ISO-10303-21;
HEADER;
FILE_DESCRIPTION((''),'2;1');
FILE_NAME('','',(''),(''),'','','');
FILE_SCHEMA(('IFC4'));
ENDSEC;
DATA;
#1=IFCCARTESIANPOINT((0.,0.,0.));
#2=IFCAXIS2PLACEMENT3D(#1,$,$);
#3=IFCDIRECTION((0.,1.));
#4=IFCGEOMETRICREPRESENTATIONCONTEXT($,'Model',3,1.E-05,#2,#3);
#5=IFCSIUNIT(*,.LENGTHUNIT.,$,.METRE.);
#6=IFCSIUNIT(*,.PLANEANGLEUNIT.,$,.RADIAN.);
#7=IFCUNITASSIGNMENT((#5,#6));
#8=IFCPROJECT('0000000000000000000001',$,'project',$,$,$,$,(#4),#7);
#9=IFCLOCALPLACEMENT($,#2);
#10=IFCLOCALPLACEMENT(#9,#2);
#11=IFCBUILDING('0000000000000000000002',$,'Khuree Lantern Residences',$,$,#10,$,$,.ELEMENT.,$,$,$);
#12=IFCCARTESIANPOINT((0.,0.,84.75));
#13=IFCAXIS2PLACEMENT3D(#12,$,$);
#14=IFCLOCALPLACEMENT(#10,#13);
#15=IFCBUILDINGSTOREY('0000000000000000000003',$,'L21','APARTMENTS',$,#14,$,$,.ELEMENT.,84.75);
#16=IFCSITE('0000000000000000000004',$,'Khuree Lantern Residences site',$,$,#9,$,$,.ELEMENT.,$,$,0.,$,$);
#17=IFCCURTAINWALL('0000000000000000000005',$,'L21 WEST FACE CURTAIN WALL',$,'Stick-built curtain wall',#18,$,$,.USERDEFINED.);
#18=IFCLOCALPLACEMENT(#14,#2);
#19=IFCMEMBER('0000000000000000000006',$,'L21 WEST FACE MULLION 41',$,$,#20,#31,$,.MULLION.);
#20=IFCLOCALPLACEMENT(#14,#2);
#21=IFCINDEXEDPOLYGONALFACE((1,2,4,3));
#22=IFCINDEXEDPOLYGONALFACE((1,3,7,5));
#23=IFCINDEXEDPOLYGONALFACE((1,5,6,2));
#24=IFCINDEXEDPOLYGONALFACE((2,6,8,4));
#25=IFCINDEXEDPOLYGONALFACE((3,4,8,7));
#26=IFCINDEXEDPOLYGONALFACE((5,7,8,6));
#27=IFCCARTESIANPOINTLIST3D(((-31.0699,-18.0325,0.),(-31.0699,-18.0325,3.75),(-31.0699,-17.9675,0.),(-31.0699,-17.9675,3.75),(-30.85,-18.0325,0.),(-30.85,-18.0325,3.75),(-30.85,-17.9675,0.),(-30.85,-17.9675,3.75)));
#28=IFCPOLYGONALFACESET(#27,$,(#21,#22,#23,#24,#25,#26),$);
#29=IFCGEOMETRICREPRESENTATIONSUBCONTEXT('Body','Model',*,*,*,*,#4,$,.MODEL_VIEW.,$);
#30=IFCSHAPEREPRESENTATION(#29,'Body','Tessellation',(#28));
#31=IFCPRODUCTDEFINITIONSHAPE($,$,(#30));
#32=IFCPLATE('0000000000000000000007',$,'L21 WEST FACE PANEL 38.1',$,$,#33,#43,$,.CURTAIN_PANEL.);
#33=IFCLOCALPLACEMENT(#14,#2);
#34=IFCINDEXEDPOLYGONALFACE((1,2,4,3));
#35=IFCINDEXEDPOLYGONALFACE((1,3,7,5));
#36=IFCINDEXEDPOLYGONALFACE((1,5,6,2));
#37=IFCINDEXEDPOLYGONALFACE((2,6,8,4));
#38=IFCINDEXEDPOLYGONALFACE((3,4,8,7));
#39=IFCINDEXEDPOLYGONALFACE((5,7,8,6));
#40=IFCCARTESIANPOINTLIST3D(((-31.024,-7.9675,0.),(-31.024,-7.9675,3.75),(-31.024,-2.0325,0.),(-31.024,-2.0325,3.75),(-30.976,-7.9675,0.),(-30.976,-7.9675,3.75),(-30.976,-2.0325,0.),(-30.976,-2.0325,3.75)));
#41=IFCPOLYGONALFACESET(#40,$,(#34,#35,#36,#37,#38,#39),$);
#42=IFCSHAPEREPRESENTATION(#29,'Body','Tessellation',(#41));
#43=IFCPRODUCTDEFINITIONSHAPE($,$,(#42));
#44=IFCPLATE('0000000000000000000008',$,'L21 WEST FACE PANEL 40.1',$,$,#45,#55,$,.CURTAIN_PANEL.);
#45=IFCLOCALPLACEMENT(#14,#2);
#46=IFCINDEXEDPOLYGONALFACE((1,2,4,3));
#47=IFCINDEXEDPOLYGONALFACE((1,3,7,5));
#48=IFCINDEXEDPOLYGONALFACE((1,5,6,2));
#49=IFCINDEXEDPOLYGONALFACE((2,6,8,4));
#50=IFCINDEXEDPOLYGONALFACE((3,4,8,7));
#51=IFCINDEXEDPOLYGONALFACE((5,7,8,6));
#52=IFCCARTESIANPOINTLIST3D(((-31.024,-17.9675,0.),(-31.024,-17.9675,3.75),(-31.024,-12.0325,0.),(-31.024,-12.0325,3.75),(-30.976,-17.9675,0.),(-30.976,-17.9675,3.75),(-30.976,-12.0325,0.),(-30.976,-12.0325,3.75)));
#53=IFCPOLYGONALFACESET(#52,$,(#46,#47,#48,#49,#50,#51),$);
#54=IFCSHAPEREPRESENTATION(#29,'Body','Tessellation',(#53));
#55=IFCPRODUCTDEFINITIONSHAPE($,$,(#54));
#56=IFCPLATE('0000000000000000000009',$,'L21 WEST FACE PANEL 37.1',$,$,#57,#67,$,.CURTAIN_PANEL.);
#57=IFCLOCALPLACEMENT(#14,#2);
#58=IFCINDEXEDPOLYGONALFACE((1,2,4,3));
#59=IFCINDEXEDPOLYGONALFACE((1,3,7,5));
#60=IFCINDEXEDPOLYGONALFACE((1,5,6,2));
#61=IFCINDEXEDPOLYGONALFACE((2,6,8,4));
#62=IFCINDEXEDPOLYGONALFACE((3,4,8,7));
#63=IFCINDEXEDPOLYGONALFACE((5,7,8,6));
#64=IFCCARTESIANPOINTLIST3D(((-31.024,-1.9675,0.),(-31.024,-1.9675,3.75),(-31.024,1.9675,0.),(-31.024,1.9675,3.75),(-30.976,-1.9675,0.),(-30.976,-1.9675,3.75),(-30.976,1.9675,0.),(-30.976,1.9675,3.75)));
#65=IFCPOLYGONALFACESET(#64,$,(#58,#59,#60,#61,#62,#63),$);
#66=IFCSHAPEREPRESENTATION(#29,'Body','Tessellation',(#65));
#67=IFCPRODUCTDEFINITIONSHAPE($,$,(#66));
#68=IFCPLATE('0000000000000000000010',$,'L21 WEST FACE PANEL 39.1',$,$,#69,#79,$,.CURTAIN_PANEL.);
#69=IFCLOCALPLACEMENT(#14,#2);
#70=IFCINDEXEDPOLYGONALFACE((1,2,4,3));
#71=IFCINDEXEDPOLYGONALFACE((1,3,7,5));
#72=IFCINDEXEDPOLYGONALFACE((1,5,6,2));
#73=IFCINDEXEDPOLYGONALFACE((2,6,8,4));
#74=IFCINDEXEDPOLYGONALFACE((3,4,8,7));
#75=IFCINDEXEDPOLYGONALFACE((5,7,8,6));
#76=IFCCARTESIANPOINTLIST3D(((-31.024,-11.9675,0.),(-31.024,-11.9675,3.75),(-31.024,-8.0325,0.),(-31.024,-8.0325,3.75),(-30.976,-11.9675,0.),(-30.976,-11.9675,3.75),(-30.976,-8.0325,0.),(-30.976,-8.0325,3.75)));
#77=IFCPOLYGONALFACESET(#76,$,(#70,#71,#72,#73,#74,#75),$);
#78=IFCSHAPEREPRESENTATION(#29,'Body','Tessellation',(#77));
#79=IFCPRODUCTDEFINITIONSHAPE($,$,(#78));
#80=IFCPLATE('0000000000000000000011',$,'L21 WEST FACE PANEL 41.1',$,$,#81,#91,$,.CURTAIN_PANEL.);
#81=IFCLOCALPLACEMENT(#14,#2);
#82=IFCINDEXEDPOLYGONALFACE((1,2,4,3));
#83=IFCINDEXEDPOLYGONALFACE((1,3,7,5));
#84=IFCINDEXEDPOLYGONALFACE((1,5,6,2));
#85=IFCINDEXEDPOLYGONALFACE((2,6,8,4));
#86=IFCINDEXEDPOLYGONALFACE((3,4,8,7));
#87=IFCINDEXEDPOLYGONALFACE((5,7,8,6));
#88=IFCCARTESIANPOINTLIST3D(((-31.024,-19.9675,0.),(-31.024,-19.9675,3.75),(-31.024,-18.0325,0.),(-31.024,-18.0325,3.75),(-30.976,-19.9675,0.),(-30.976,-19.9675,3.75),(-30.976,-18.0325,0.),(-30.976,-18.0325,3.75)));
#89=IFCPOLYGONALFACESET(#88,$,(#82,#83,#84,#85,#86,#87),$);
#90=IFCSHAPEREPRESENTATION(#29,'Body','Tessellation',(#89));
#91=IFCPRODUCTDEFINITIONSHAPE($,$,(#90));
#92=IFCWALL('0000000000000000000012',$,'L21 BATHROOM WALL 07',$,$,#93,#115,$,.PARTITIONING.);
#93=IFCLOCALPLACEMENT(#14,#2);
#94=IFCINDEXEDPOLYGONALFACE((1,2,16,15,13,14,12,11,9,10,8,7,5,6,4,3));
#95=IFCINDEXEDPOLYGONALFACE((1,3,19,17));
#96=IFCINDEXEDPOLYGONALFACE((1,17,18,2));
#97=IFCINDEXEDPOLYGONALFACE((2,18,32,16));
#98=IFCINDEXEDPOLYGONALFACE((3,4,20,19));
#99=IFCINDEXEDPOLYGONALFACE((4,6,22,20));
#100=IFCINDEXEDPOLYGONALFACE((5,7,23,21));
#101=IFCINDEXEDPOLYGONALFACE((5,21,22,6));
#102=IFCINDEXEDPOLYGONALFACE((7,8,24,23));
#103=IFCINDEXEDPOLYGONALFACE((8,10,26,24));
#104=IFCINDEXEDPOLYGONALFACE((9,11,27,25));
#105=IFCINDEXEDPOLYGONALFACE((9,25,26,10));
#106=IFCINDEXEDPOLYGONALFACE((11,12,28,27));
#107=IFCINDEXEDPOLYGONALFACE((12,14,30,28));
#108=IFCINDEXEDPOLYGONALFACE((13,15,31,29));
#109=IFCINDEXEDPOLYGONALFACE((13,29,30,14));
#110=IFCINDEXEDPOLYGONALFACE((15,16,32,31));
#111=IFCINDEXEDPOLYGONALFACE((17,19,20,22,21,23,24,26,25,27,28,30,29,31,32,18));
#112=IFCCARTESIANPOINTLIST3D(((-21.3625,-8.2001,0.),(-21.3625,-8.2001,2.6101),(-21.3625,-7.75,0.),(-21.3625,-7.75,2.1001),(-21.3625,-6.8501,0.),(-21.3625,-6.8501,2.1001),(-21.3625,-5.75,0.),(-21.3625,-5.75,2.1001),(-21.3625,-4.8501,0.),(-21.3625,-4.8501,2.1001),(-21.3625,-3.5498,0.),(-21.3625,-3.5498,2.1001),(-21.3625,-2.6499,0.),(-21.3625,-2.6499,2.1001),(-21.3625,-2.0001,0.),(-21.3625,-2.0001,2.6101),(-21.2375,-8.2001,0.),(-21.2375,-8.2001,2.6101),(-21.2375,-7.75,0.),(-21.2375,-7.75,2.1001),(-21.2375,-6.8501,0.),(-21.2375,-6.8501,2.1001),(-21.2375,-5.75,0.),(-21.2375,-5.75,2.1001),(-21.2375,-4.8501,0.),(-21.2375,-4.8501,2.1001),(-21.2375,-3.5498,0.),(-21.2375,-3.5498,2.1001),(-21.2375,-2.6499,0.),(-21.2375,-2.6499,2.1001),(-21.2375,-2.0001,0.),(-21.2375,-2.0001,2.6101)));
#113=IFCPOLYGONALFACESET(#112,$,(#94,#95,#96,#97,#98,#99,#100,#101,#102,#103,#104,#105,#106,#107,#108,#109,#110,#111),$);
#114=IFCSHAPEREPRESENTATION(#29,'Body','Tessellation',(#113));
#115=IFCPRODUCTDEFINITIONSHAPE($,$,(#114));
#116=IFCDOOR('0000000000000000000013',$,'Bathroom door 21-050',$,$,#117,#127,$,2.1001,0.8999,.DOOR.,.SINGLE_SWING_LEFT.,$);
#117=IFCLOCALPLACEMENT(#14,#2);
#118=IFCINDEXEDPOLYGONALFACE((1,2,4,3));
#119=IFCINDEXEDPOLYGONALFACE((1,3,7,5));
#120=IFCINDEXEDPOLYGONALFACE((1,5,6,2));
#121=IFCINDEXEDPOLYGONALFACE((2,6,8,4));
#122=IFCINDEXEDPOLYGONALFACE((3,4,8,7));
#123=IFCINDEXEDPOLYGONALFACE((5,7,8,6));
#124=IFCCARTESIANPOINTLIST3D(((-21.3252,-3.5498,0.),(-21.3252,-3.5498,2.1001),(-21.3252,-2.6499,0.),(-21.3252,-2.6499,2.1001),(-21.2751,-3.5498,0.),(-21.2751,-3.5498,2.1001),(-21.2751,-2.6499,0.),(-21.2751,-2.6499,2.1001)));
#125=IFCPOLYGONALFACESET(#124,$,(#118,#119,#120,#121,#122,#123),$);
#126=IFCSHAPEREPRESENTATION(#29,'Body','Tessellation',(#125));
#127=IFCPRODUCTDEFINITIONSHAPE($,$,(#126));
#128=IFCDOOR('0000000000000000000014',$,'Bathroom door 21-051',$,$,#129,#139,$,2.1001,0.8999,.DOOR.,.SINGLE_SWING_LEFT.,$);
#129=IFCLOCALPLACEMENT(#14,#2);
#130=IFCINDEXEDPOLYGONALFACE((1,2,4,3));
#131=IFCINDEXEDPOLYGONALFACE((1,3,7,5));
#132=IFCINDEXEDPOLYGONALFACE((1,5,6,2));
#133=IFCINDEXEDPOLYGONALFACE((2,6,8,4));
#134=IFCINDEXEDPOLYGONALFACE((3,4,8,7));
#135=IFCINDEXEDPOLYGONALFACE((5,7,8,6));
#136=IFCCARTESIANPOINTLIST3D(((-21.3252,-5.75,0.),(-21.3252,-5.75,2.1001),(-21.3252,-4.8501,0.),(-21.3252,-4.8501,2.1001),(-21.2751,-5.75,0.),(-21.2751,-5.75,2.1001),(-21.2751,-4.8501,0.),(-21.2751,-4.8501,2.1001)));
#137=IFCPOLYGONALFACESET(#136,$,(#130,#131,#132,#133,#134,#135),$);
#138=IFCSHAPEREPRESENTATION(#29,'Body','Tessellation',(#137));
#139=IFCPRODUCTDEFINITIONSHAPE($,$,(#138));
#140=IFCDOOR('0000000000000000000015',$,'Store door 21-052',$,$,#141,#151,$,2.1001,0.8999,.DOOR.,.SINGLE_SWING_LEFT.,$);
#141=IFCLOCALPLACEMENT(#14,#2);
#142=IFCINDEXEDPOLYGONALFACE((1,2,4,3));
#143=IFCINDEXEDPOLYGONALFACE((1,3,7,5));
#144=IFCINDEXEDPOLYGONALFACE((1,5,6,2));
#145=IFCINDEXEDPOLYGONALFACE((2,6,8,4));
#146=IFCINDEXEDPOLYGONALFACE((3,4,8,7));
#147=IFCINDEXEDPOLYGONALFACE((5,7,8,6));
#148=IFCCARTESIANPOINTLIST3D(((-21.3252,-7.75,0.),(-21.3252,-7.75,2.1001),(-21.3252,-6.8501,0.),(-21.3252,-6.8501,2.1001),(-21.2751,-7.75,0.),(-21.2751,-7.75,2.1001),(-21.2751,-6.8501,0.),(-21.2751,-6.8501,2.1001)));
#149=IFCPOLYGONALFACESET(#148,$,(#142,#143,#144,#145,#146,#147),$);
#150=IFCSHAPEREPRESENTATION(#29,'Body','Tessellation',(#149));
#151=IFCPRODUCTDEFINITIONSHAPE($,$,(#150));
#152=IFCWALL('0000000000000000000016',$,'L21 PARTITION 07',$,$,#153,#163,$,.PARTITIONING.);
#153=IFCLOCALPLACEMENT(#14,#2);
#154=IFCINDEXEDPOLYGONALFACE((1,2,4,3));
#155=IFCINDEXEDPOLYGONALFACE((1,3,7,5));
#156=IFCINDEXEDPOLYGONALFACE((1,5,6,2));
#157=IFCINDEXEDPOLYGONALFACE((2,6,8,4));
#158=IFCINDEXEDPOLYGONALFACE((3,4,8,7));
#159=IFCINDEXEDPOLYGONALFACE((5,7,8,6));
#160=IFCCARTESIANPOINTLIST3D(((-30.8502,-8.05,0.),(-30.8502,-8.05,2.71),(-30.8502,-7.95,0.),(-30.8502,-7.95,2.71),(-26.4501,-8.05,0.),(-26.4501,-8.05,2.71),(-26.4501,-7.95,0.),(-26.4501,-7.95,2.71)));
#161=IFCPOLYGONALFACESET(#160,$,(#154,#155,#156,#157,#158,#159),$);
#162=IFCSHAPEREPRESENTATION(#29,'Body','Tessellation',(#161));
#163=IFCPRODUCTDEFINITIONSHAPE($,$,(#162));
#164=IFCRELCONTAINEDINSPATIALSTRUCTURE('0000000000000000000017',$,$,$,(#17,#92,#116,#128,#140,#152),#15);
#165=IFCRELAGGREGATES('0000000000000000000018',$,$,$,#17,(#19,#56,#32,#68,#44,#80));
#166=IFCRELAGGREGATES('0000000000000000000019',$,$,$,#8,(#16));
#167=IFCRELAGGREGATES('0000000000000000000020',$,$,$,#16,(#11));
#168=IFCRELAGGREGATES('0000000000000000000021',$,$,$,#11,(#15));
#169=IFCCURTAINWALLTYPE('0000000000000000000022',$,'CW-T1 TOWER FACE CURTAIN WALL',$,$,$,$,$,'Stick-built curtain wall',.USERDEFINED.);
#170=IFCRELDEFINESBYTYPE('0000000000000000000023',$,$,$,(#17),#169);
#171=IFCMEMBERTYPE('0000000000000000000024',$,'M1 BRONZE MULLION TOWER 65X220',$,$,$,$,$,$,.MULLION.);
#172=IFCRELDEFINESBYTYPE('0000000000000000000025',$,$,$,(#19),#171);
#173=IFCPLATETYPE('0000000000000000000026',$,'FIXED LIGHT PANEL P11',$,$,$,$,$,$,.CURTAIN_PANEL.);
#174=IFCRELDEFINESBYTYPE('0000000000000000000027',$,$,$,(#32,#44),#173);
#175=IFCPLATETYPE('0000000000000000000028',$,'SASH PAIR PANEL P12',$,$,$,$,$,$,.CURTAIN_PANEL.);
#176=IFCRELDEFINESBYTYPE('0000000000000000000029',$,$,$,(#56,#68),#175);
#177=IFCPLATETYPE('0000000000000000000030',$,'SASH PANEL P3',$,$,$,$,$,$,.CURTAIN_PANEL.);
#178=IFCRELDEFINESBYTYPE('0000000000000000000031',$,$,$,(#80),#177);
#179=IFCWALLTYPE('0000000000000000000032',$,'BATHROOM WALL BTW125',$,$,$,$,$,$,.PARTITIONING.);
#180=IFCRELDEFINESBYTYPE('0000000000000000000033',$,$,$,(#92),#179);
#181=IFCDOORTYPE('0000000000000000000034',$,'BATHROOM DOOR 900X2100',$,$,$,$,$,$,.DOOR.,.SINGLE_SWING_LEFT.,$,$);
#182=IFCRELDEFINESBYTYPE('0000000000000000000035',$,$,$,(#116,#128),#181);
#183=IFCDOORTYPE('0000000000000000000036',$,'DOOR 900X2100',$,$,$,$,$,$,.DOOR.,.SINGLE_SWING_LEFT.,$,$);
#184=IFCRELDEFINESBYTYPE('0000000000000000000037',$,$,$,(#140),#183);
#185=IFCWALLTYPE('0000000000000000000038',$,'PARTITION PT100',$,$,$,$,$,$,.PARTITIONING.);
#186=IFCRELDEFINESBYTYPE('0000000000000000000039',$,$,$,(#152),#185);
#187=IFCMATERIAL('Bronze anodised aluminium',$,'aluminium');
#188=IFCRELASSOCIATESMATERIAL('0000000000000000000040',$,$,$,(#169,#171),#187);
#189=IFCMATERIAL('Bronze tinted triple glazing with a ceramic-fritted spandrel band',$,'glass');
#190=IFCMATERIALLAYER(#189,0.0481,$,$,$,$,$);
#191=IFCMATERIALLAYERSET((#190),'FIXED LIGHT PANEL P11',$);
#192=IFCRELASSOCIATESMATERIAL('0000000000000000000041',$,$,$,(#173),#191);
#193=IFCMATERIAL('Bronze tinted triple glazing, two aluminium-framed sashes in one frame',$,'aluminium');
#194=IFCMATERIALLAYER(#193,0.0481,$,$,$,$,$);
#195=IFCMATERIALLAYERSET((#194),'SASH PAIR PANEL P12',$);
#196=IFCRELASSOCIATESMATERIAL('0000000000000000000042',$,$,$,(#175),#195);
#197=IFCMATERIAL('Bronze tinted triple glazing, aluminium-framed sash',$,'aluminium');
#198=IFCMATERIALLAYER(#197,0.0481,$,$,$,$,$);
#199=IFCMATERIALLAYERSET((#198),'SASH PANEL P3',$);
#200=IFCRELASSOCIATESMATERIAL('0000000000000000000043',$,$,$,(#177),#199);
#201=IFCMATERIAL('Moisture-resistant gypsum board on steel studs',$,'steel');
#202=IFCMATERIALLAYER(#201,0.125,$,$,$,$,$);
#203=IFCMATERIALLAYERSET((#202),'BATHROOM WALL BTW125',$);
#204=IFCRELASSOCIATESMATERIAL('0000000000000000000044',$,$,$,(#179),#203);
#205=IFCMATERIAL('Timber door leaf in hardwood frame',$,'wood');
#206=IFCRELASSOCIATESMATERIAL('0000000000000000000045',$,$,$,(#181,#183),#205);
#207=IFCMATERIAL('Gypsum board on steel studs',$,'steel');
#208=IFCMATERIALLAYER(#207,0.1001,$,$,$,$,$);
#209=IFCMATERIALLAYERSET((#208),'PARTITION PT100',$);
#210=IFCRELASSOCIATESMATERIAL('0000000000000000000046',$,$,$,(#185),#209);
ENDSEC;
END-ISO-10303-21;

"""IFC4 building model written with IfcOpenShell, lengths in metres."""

from ifc_helpers import new_model, si_unit, direction, frame, frame_2d, origin, origin_2d, place, context, subcontext, project, spatial, rectangle, extrude, material, layer, layer_set, material_profile, profile_set, type_object, element, fill, aggregate, save


model = new_model("IFC4")

# Units and contexts
model_context = context("Model", 3, precision=1e-05, world=origin(), true_north=direction((0.0, 1.0)))
body_context = subcontext(model_context, "Body", "Model", "MODEL_VIEW")
ifc_project = project(units=[si_unit("LENGTHUNIT", "METRE"), si_unit("PLANEANGLEUNIT", "RADIAN")], contexts=[model_context])

# Site, building, storey
site_placement = place(None, origin())
site = spatial("IfcSite", under=ifc_project, at=site_placement, Name="Khuree Lantern Residences site", CompositionType="ELEMENT", RefElevation=0.0)
building_placement = place(site_placement, origin())
building = spatial("IfcBuilding", under=site, at=building_placement, Name="Khuree Lantern Residences", CompositionType="ELEMENT")
storey_placement = place(building_placement, frame((0.0, 0.0, 84.75)))
storey = spatial("IfcBuildingStorey", under=building, at=storey_placement, Name="L21", Description="APARTMENTS", CompositionType="ELEMENT", Elevation=84.75)

# Curtain wall
ifc_material_1 = material(Name="Bronze anodised aluminium", Category="aluminium")
curtain_wall_type = type_object("IfcCurtainWallType", Name="CW-T1 TOWER FACE CURTAIN WALL", ElementType="Stick-built curtain wall", PredefinedType="USERDEFINED", material=ifc_material_1)
curtain_wall_placement = place(storey_placement, origin())
curtain_wall = element("IfcCurtainWall", 1, at=curtain_wall_placement, inside=storey, type_object=curtain_wall_type, Name="L21 WEST FACE CURTAIN WALL", ObjectType="Stick-built curtain wall", PredefinedType="USERDEFINED")

# Member
ifc_material_profile_1 = material_profile(ifc_material_1, rectangle(XDim=0.0649, YDim=0.22, at=origin_2d()), Name="M1 65X220")
ifc_profile_set_1 = profile_set([ifc_material_profile_1], Name="Bronze anodised aluminium")
member_type_1 = type_object("IfcMemberType", Name="M1 BRONZE MULLION TOWER 65X220", PredefinedType="MULLION", material=ifc_profile_set_1)
member_1_placement = place(storey_placement, frame((-30.96, -18.0, 0.0), z_axis=(0.0, 0.0, 1.0), x_axis=(0.0, -1.0, 0.0)))
member_1 = element("IfcMember", 2, at=member_1_placement, type_object=member_type_1, Name="L21 WEST FACE MULLION 41", PredefinedType="MULLION", context=body_context, shape_type="SweptSolid", body=[
    extrude(rectangle(XDim=0.0649, YDim=0.22, at=origin_2d()), origin(), (0.0, 0.0, 1.0), 3.75),
])

# Plates
ifc_material_2 = material(Name="Bronze tinted triple glazing with a ceramic-fritted spandrel band", Category="glass")
ifc_layer_1 = layer(ifc_material_2, 0.0481)
ifc_layer_set_1 = layer_set([ifc_layer_1], Name="FIXED LIGHT PANEL P11")
plate_type_1 = type_object("IfcPlateType", Name="FIXED LIGHT PANEL P11", PredefinedType="CURTAIN_PANEL", material=ifc_layer_set_1)
plate_1_placement = place(storey_placement, frame((-31.0, -5.0, 0.0), z_axis=(0.0, 0.0, 1.0), x_axis=(0.0, -1.0, 0.0)))
plate_1 = element("IfcPlate", 3, at=plate_1_placement, type_object=plate_type_1, Name="L21 WEST FACE PANEL 38.1", PredefinedType="CURTAIN_PANEL", context=body_context, shape_type="SweptSolid", body=[
    extrude(rectangle(XDim=5.9351, YDim=0.0481, at=origin_2d()), origin(), (0.0, 0.0, 1.0), 3.75),
])
plate_2_placement = place(storey_placement, frame((-31.0, -15.0, 0.0), z_axis=(0.0, 0.0, 1.0), x_axis=(0.0, -1.0, 0.0)))
plate_2 = element("IfcPlate", 4, at=plate_2_placement, type_object=plate_type_1, Name="L21 WEST FACE PANEL 40.1", PredefinedType="CURTAIN_PANEL", context=body_context, shape_type="SweptSolid", body=[
    extrude(rectangle(XDim=5.9351, YDim=0.0481, at=origin_2d()), origin(), (0.0, 0.0, 1.0), 3.75),
])
ifc_material_3 = material(Name="Bronze tinted triple glazing, two aluminium-framed sashes in one frame", Category="aluminium")
ifc_layer_2 = layer(ifc_material_3, 0.0481)
ifc_layer_set_2 = layer_set([ifc_layer_2], Name="SASH PAIR PANEL P12")
plate_type_2 = type_object("IfcPlateType", Name="SASH PAIR PANEL P12", PredefinedType="CURTAIN_PANEL", material=ifc_layer_set_2)
plate_3_placement = place(storey_placement, frame((-31.0, 0.0, 0.0), z_axis=(0.0, 0.0, 1.0), x_axis=(0.0, -1.0, 0.0)))
plate_3 = element("IfcPlate", 5, at=plate_3_placement, type_object=plate_type_2, Name="L21 WEST FACE PANEL 37.1", PredefinedType="CURTAIN_PANEL", context=body_context, shape_type="SweptSolid", body=[
    extrude(rectangle(XDim=3.9351, YDim=0.0481, at=origin_2d()), origin(), (0.0, 0.0, 1.0), 3.75),
])
plate_4_placement = place(storey_placement, frame((-31.0, -10.0, 0.0), z_axis=(0.0, 0.0, 1.0), x_axis=(0.0, -1.0, 0.0)))
plate_4 = element("IfcPlate", 6, at=plate_4_placement, type_object=plate_type_2, Name="L21 WEST FACE PANEL 39.1", PredefinedType="CURTAIN_PANEL", context=body_context, shape_type="SweptSolid", body=[
    extrude(rectangle(XDim=3.9351, YDim=0.0481, at=origin_2d()), origin(), (0.0, 0.0, 1.0), 3.75),
])
ifc_material_4 = material(Name="Bronze tinted triple glazing, aluminium-framed sash", Category="aluminium")
ifc_layer_3 = layer(ifc_material_4, 0.0481)
ifc_layer_set_3 = layer_set([ifc_layer_3], Name="SASH PANEL P3")
plate_type_3 = type_object("IfcPlateType", Name="SASH PANEL P3", PredefinedType="CURTAIN_PANEL", material=ifc_layer_set_3)
plate_5_placement = place(storey_placement, frame((-31.0, -19.0, 0.0), z_axis=(0.0, 0.0, 1.0), x_axis=(0.0, -1.0, 0.0)))
plate_5 = element("IfcPlate", 7, at=plate_5_placement, type_object=plate_type_3, Name="L21 WEST FACE PANEL 41.1", PredefinedType="CURTAIN_PANEL", context=body_context, shape_type="SweptSolid", body=[
    extrude(rectangle(XDim=1.9351, YDim=0.0481, at=origin_2d()), origin(), (0.0, 0.0, 1.0), 3.75),
])
aggregate(curtain_wall, [member_1, plate_3, plate_1, plate_4, plate_2, plate_5])

# Wall, openings, doors
ifc_material_5 = material(Name="Moisture-resistant gypsum board on steel studs", Category="steel")
ifc_layer_4 = layer(ifc_material_5, 0.125)
ifc_layer_set_4 = layer_set([ifc_layer_4], Name="BATHROOM WALL BTW125")
wall_type_1 = type_object("IfcWallType", Name="BATHROOM WALL BTW125", PredefinedType="PARTITIONING", material=ifc_layer_set_4)
wall_1_placement = place(storey_placement, frame((-21.3, -2.0, 0.0), z_axis=(0.0, 0.0, 1.0), x_axis=(0.0, -1.0, 0.0)))
wall_1 = element("IfcWall", 8, at=wall_1_placement, inside=storey, type_object=wall_type_1, Name="L21 BATHROOM WALL 07", PredefinedType="PARTITIONING", context=body_context, shape_type="SweptSolid", body=[
    extrude(rectangle(XDim=6.2, YDim=0.125, at=frame_2d((3.1001, 0.0))), origin(), (0.0, 0.0, 1.0), 2.6101),
])
opening_1_placement = place(wall_1_placement, frame((0.6499, 0.0, 0.0)))
opening_1 = element("IfcOpeningElement", 9, at=opening_1_placement, cuts=wall_1, PredefinedType="OPENING", context=body_context, shape_type="SweptSolid", body=[
    extrude(rectangle(XDim=0.8999, YDim=2.1001, at=frame_2d((0.45, 1.05))), frame((0.0, 0.0725, 0.0), z_axis=(0.0, -1.0, 0.0), x_axis=(1.0, 0.0, 0.0)), (0.0, 0.0, 1.0), 0.145),
])
opening_2_placement = place(wall_1_placement, frame((2.8501, 0.0, 0.0)))
opening_2 = element("IfcOpeningElement", 10, at=opening_2_placement, cuts=wall_1, PredefinedType="OPENING", context=body_context, shape_type="SweptSolid", body=[
    extrude(rectangle(XDim=0.8999, YDim=2.1001, at=frame_2d((0.45, 1.05))), frame((0.0, 0.0725, 0.0), z_axis=(0.0, -1.0, 0.0), x_axis=(1.0, 0.0, 0.0)), (0.0, 0.0, 1.0), 0.145),
])
opening_3_placement = place(wall_1_placement, frame((4.8501, 0.0, 0.0)))
opening_3 = element("IfcOpeningElement", 11, at=opening_3_placement, cuts=wall_1, PredefinedType="OPENING", context=body_context, shape_type="SweptSolid", body=[
    extrude(rectangle(XDim=0.8999, YDim=2.1001, at=frame_2d((0.45, 1.05))), frame((0.0, 0.0725, 0.0), z_axis=(0.0, -1.0, 0.0), x_axis=(1.0, 0.0, 0.0)), (0.0, 0.0, 1.0), 0.145),
])
ifc_material_6 = material(Name="Timber door leaf in hardwood frame", Category="wood")
door_type_1 = type_object("IfcDoorType", Name="BATHROOM DOOR 900X2100", OperationType="SINGLE_SWING_LEFT", PredefinedType="DOOR", material=ifc_material_6)
door_1_placement = place(opening_1_placement, origin())
door_1 = element("IfcDoor", 12, at=door_1_placement, inside=storey, type_object=door_type_1, Name="Bathroom door 21-050", OperationType="SINGLE_SWING_LEFT", OverallHeight=2.1001, OverallWidth=0.8999, PredefinedType="DOOR", context=body_context, shape_type="SweptSolid", body=[
    extrude(rectangle(XDim=0.8999, YDim=2.1001, at=frame_2d((0.45, 1.05))), frame((0.0, 0.0249, 0.0), z_axis=(0.0, -1.0, 0.0), x_axis=(1.0, 0.0, 0.0)), (0.0, 0.0, 1.0), 0.05),
])
fill(opening_1, door_1)
door_2_placement = place(opening_2_placement, origin())
door_2 = element("IfcDoor", 13, at=door_2_placement, inside=storey, type_object=door_type_1, Name="Bathroom door 21-051", OperationType="SINGLE_SWING_LEFT", OverallHeight=2.1001, OverallWidth=0.8999, PredefinedType="DOOR", context=body_context, shape_type="SweptSolid", body=[
    extrude(rectangle(XDim=0.8999, YDim=2.1001, at=frame_2d((0.45, 1.05))), frame((0.0, 0.0249, 0.0), z_axis=(0.0, -1.0, 0.0), x_axis=(1.0, 0.0, 0.0)), (0.0, 0.0, 1.0), 0.05),
])
fill(opening_2, door_2)
door_type_2 = type_object("IfcDoorType", Name="DOOR 900X2100", OperationType="SINGLE_SWING_LEFT", PredefinedType="DOOR", material=ifc_material_6)
door_3_placement = place(opening_3_placement, origin())
door_3 = element("IfcDoor", 14, at=door_3_placement, inside=storey, type_object=door_type_2, Name="Store door 21-052", OperationType="SINGLE_SWING_LEFT", OverallHeight=2.1001, OverallWidth=0.8999, PredefinedType="DOOR", context=body_context, shape_type="SweptSolid", body=[
    extrude(rectangle(XDim=0.8999, YDim=2.1001, at=frame_2d((0.45, 1.05))), frame((0.0, 0.0249, 0.0), z_axis=(0.0, -1.0, 0.0), x_axis=(1.0, 0.0, 0.0)), (0.0, 0.0, 1.0), 0.05),
])
fill(opening_3, door_3)

# Wall
ifc_material_7 = material(Name="Gypsum board on steel studs", Category="steel")
ifc_layer_5 = layer(ifc_material_7, 0.1001)
ifc_layer_set_5 = layer_set([ifc_layer_5], Name="PARTITION PT100")
wall_type_2 = type_object("IfcWallType", Name="PARTITION PT100", PredefinedType="PARTITIONING", material=ifc_layer_set_5)
wall_2_placement = place(storey_placement, frame((-26.45, -8.0, 0.0), z_axis=(0.0, 0.0, 1.0), x_axis=(-1.0, 0.0, 0.0)))
element("IfcWall", 15, at=wall_2_placement, inside=storey, type_object=wall_type_2, Name="L21 PARTITION 07", PredefinedType="PARTITIONING", context=body_context, shape_type="SweptSolid", body=[
    extrude(rectangle(XDim=4.4001, YDim=0.1001, at=frame_2d((2.2002, 0.0))), origin(), (0.0, 0.0, 1.0), 2.71),
])

save(model, "model.ifc")
